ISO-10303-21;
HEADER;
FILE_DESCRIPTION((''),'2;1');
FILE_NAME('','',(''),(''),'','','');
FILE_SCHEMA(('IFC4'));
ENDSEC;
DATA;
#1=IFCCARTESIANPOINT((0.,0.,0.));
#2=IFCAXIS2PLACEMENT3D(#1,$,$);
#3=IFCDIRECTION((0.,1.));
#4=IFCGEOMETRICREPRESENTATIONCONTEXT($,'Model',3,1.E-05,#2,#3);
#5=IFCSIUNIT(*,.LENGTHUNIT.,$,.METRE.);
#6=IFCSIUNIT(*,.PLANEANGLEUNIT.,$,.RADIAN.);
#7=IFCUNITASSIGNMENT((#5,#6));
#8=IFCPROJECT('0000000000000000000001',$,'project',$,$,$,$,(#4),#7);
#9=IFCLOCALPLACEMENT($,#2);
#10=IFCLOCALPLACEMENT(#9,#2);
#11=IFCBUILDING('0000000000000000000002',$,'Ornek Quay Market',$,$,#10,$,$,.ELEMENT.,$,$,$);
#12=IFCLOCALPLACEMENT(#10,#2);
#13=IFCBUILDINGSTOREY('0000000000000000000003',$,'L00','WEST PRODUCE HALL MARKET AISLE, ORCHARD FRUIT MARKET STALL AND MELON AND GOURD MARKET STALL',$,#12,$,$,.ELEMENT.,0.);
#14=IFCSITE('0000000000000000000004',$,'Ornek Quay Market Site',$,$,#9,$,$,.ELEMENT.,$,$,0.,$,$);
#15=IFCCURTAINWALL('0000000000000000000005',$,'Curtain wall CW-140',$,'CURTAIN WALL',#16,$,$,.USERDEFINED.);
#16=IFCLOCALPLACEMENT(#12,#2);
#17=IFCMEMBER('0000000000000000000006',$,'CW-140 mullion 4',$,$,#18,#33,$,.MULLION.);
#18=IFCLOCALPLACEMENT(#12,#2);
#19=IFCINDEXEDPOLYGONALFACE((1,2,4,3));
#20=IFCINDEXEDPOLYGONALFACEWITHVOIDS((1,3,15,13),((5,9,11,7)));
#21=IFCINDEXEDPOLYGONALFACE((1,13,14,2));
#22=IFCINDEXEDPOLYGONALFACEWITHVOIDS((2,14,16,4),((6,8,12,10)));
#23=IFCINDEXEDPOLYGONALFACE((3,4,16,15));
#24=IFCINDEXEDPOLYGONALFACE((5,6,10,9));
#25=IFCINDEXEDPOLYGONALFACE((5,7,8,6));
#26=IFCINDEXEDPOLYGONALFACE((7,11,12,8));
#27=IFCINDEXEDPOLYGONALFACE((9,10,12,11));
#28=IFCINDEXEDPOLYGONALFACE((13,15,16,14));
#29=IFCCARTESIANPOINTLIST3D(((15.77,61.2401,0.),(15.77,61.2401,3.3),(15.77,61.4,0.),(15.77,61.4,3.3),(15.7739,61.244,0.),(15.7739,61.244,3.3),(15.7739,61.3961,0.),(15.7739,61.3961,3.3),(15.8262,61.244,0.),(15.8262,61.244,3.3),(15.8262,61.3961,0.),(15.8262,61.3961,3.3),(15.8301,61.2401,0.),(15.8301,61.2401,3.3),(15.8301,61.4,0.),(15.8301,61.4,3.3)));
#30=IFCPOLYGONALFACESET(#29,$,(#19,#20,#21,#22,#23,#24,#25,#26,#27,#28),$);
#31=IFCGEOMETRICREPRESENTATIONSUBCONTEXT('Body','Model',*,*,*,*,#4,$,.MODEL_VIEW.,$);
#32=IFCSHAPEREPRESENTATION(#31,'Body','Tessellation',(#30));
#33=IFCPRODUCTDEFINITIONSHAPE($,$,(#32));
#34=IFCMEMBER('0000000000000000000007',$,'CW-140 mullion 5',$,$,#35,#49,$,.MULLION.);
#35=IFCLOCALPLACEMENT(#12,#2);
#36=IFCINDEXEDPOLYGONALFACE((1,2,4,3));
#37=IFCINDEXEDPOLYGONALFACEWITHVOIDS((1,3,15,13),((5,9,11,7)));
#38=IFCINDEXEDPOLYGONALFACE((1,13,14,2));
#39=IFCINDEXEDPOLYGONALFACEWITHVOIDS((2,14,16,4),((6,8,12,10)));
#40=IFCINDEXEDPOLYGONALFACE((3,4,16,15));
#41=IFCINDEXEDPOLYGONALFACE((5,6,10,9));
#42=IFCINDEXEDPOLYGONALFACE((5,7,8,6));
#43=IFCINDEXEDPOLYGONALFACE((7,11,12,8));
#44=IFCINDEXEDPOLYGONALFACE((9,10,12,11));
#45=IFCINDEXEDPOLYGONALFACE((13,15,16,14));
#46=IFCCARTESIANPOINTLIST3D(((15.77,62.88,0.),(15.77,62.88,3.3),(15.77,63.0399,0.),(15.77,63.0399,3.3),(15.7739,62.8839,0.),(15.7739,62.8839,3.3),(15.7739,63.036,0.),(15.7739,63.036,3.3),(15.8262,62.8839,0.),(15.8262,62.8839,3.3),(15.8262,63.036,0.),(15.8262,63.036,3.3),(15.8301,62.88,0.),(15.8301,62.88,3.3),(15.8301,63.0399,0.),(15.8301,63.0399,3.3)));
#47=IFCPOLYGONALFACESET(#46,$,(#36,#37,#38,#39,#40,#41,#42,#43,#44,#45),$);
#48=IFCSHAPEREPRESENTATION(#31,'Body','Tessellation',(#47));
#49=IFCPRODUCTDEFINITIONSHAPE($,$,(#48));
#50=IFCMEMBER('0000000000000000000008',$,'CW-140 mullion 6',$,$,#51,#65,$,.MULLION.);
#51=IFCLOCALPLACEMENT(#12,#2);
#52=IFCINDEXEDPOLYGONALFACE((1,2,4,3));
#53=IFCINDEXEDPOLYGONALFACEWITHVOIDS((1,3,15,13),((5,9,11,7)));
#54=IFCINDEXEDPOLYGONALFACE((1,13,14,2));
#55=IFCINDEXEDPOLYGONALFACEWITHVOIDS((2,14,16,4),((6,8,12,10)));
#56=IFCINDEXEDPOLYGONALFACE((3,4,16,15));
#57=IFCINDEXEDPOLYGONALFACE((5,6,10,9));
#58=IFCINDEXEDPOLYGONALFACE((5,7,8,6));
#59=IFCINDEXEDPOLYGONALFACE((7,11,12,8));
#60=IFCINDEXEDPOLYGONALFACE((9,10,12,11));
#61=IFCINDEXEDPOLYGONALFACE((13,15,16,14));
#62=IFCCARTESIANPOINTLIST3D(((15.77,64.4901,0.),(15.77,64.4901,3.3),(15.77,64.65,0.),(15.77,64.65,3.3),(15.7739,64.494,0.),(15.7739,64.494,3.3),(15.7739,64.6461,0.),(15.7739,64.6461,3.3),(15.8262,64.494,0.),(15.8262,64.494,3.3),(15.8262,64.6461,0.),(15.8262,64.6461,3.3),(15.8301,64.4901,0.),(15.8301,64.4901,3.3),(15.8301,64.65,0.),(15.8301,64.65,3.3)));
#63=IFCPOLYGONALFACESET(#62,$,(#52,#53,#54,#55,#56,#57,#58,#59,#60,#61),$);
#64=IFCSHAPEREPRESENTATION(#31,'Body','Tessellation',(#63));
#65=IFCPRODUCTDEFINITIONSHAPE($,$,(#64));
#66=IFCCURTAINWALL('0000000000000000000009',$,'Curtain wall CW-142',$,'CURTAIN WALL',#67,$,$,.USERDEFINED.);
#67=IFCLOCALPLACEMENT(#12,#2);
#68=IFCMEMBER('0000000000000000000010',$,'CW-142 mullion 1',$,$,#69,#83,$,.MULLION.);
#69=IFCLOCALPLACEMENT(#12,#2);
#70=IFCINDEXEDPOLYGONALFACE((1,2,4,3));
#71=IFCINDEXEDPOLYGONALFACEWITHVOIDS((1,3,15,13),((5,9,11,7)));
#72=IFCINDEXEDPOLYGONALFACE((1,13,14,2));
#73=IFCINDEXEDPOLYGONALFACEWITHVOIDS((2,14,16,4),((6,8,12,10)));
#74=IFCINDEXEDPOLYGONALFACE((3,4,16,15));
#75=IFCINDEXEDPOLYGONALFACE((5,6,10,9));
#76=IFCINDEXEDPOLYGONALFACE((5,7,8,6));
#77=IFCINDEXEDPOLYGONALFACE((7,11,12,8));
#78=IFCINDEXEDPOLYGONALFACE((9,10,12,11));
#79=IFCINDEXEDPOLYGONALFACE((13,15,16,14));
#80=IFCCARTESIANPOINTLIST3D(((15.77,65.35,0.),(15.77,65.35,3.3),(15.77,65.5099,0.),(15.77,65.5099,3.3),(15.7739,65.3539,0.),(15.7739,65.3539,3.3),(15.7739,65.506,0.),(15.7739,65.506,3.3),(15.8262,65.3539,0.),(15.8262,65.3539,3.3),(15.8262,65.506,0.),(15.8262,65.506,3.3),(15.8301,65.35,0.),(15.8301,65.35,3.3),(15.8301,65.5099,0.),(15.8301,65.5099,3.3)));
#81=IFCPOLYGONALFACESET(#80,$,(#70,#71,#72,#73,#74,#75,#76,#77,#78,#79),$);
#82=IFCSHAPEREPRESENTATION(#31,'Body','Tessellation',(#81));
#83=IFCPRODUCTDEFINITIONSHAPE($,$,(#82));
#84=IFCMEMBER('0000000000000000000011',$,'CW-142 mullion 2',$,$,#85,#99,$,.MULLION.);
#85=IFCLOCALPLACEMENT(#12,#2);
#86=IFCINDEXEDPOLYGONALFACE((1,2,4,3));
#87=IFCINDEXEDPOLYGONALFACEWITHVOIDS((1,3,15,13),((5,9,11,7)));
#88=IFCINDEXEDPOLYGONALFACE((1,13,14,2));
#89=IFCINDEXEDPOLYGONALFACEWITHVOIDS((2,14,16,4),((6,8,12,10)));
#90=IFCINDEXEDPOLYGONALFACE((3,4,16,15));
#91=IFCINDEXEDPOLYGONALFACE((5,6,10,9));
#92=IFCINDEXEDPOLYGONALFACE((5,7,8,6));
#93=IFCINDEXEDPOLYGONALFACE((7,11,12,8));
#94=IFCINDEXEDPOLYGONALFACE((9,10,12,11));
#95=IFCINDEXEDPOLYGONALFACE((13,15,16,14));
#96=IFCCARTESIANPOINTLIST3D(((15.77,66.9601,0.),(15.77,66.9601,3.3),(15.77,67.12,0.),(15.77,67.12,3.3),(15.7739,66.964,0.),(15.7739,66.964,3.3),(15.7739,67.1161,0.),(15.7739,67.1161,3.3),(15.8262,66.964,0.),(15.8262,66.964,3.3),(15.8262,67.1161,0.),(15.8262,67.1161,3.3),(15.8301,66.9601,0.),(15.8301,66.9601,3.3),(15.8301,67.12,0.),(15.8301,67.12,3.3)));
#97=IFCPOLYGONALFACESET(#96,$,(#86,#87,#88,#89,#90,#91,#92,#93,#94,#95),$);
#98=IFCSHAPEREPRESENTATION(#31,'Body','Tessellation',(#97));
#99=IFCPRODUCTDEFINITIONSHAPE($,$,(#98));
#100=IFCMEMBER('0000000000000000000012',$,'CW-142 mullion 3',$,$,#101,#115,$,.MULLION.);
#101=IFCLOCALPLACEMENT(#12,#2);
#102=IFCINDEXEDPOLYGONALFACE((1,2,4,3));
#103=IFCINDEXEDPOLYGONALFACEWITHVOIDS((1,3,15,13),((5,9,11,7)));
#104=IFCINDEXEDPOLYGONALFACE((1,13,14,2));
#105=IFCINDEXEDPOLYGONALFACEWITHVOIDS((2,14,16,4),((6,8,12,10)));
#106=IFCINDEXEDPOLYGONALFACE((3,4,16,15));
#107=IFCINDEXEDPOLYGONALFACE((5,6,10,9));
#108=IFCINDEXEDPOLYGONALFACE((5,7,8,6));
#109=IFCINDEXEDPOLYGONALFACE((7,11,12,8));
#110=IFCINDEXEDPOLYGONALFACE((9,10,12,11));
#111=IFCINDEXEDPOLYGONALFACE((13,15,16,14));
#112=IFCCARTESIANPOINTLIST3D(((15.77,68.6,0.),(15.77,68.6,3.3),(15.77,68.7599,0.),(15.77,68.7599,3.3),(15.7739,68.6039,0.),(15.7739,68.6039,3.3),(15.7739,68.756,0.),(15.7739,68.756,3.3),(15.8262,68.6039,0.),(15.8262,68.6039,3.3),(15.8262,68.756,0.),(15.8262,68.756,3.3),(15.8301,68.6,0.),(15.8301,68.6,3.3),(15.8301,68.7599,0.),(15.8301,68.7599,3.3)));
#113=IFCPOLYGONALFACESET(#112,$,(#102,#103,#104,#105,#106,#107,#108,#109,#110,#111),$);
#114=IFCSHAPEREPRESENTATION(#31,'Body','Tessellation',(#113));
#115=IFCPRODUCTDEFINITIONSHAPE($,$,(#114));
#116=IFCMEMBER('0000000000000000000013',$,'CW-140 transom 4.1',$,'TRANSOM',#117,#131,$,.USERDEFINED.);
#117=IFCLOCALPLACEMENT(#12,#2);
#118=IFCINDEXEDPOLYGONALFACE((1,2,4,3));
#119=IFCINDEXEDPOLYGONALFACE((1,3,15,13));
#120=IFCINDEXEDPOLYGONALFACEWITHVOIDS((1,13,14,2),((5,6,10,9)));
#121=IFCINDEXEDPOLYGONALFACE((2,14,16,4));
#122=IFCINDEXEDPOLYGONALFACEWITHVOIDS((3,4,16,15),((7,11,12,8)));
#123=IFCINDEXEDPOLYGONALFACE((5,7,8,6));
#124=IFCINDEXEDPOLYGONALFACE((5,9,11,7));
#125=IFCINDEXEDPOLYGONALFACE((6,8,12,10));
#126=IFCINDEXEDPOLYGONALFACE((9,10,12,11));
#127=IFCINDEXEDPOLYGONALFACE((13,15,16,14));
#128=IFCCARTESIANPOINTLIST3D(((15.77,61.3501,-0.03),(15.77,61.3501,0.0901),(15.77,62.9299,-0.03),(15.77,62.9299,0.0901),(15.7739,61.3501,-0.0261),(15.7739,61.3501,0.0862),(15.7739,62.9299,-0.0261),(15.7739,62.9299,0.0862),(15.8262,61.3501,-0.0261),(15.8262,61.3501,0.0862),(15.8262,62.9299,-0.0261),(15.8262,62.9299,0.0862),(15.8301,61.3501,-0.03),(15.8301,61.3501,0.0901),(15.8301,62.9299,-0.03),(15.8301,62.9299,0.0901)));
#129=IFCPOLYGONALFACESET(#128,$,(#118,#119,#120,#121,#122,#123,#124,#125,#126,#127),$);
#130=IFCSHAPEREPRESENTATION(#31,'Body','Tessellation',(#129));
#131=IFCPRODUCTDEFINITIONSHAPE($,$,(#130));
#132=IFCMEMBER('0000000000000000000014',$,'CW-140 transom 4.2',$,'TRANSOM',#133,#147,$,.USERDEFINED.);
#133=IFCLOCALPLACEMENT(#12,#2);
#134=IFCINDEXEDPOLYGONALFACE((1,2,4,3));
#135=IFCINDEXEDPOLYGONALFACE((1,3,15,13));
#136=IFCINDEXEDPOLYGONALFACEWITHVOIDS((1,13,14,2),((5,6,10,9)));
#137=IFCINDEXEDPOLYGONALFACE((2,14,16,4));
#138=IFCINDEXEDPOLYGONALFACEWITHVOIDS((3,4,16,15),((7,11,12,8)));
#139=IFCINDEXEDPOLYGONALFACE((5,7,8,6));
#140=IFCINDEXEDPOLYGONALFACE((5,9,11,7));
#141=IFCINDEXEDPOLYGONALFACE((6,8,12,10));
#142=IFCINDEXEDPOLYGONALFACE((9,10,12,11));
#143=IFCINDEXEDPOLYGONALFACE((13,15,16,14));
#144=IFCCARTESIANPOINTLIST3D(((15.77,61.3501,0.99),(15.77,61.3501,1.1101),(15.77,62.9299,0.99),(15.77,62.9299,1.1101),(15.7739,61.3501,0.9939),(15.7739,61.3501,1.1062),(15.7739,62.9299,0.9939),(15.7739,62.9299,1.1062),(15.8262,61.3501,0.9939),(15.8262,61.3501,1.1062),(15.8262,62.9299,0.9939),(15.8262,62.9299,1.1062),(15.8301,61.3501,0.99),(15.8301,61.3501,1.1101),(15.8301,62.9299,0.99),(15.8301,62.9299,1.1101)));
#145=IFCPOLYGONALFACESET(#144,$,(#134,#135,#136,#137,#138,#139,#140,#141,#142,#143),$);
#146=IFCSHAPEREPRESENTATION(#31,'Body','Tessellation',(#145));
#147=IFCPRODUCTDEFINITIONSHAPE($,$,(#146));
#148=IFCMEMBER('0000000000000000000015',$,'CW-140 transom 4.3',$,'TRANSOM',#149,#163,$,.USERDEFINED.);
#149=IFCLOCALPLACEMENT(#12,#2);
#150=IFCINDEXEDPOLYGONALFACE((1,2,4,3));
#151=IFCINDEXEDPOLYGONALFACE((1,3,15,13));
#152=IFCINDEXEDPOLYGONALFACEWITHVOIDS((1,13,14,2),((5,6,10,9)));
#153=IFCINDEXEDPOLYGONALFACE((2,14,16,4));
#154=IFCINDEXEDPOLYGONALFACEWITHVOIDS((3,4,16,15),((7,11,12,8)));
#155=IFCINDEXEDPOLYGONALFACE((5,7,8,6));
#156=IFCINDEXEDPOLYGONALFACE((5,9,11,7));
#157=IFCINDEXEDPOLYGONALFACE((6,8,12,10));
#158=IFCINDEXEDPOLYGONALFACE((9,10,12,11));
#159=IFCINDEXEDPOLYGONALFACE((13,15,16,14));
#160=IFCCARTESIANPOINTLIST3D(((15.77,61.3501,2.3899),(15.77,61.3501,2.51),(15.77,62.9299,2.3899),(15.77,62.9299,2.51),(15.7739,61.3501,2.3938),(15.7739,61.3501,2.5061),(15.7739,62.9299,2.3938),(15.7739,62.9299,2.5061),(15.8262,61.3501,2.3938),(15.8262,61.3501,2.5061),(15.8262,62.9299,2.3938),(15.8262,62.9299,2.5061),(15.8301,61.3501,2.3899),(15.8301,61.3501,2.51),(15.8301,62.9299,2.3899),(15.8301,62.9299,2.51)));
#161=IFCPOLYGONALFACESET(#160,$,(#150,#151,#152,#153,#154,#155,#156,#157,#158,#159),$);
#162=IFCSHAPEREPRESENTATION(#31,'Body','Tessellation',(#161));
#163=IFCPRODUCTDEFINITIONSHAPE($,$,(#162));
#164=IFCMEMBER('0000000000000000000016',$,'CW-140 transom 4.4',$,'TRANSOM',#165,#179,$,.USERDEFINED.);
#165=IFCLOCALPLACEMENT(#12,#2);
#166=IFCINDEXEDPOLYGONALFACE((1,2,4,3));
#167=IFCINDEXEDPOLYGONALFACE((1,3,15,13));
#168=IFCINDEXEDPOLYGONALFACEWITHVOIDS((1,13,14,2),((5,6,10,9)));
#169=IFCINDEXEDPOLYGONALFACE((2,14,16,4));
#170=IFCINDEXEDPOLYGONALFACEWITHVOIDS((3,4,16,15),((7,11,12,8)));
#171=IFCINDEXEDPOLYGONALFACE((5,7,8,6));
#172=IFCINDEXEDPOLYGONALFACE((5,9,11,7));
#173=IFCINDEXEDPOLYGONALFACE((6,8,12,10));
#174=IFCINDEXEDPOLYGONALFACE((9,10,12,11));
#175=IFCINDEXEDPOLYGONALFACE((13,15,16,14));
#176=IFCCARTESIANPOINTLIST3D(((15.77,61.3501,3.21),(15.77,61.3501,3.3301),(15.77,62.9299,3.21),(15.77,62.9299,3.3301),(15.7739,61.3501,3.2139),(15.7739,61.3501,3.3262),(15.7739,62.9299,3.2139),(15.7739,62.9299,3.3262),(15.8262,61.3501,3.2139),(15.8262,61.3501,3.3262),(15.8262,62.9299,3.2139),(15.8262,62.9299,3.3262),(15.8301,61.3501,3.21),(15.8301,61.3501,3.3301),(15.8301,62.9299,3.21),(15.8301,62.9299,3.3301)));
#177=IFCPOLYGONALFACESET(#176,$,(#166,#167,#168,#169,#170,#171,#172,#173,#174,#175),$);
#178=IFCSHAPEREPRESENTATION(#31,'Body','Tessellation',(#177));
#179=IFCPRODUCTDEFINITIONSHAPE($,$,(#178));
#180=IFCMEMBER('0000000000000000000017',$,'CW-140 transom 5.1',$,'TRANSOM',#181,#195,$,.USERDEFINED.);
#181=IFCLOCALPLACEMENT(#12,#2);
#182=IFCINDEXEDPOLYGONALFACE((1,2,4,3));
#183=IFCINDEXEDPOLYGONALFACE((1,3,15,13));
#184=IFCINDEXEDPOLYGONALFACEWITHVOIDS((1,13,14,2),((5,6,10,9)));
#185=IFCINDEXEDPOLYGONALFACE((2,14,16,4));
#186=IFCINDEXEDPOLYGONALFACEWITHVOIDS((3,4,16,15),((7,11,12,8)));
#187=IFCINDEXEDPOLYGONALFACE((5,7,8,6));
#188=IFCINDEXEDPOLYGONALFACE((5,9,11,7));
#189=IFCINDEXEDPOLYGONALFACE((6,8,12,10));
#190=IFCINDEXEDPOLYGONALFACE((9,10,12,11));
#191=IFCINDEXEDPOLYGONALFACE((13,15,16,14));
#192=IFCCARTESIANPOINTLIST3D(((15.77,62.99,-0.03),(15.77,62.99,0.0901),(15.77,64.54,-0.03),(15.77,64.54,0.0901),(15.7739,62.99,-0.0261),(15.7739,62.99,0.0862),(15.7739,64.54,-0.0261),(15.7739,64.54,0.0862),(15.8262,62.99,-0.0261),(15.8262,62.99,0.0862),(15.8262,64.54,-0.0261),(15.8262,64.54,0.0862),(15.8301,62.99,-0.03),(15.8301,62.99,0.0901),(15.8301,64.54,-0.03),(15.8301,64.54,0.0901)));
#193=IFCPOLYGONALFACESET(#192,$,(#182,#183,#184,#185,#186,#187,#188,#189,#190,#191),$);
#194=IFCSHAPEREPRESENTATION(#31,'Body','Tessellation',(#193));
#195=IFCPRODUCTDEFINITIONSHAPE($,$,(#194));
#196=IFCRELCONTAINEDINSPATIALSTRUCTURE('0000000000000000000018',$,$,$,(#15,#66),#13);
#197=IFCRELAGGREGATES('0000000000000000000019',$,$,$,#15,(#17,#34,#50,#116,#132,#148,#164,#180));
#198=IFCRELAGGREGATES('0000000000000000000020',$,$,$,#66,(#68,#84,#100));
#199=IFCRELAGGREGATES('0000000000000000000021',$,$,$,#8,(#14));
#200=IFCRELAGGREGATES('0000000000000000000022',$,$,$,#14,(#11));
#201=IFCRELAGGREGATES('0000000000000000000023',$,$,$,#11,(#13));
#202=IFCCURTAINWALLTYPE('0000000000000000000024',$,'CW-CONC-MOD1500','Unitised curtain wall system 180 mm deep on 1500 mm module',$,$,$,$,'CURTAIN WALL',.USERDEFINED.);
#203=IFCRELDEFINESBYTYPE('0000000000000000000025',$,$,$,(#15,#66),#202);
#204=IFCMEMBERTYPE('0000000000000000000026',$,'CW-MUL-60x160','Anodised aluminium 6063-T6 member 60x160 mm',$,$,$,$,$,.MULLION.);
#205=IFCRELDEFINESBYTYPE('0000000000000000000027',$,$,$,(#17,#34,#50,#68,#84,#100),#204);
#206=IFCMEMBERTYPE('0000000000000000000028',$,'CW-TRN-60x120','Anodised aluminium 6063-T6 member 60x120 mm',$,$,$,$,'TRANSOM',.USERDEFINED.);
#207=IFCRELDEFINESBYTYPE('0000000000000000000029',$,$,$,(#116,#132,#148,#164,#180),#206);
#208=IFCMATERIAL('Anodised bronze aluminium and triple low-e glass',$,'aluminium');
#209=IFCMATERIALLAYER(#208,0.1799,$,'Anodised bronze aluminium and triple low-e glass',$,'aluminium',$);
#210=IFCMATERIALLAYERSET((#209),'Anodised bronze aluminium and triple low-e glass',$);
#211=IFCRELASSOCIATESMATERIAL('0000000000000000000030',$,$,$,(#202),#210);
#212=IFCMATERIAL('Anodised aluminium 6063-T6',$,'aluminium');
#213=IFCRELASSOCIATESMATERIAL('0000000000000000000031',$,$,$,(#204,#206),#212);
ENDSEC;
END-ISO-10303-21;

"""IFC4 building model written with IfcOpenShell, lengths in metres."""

from ifc_helpers import new_model, si_unit, direction, frame, origin, origin_2d, place, context, subcontext, project, spatial, hollow_rectangle, extrude, material, layer, layer_set, material_profile, profile_set, type_object, element, aggregate, save


model = new_model("IFC4")

# Units and contexts
model_context = context("Model", 3, precision=1e-05, world=origin(), true_north=direction((0.0, 1.0)))
body_context = subcontext(model_context, "Body", "Model", "MODEL_VIEW")
ifc_project = project(units=[si_unit("LENGTHUNIT", "METRE"), si_unit("PLANEANGLEUNIT", "RADIAN")], contexts=[model_context])

# Site, building, storey
site_placement = place(None, origin())
site = spatial("IfcSite", under=ifc_project, at=site_placement, Name="Ornek Quay Market Site", CompositionType="ELEMENT", RefElevation=0.0)
building_placement = place(site_placement, origin())
building = spatial("IfcBuilding", under=site, at=building_placement, Name="Ornek Quay Market", CompositionType="ELEMENT")
storey_placement = place(building_placement, origin())
storey = spatial("IfcBuildingStorey", under=building, at=storey_placement, Name="L00", Description="WEST PRODUCE HALL MARKET AISLE, ORCHARD FRUIT MARKET STALL AND MELON AND GOURD MARKET STALL", CompositionType="ELEMENT", Elevation=0.0)

# Curtain walls, members
ifc_material_1 = material(Name="Anodised bronze aluminium and triple low-e glass", Category="aluminium")
ifc_layer_1 = layer(ifc_material_1, 0.1799, Name="Anodised bronze aluminium and triple low-e glass", Category="aluminium")
ifc_layer_set_1 = layer_set([ifc_layer_1], Name="Anodised bronze aluminium and triple low-e glass")
curtain_wall_type = type_object("IfcCurtainWallType", Name="CW-CONC-MOD1500", Description="Unitised curtain wall system 180 mm deep on 1500 mm module", ElementType="CURTAIN WALL", PredefinedType="USERDEFINED", material=ifc_layer_set_1)
curtain_wall_1_placement = place(storey_placement, origin())
curtain_wall_1 = element("IfcCurtainWall", 1, at=curtain_wall_1_placement, inside=storey, type_object=curtain_wall_type, Name="Curtain wall CW-140", ObjectType="CURTAIN WALL", PredefinedType="USERDEFINED")
ifc_material_2 = material(Name="Anodised aluminium 6063-T6", Category="aluminium")
ifc_material_profile_1 = material_profile(ifc_material_2, hollow_rectangle(XDim=0.0601, YDim=0.1599, WallThickness=0.0039, at=origin_2d()), Name="CW-MUL-60x160", Category="aluminium")
ifc_profile_set_1 = profile_set([ifc_material_profile_1], Name="Anodised aluminium 6063-T6")
member_type_1 = type_object("IfcMemberType", Name="CW-MUL-60x160", Description="Anodised aluminium 6063-T6 member 60x160 mm", PredefinedType="MULLION", material=ifc_profile_set_1)
member_1_placement = place(storey_placement, frame((15.8, 61.3201, 0.0), z_axis=(0.0, 0.0, 1.0), x_axis=(-1.0, 0.0, 0.0)))
member_1 = element("IfcMember", 2, at=member_1_placement, type_object=member_type_1, Name="CW-140 mullion 4", PredefinedType="MULLION", context=body_context, shape_type="SweptSolid", body=[
    extrude(hollow_rectangle(XDim=0.0601, YDim=0.1599, WallThickness=0.0039, at=origin_2d()), origin(), (0.0, 0.0, 1.0), 3.3),
])
member_2_placement = place(storey_placement, frame((15.8, 62.96, 0.0), z_axis=(0.0, 0.0, 1.0), x_axis=(-1.0, 0.0, 0.0)))
member_2 = element("IfcMember", 3, at=member_2_placement, type_object=member_type_1, Name="CW-140 mullion 5", PredefinedType="MULLION", context=body_context, shape_type="SweptSolid", body=[
    extrude(hollow_rectangle(XDim=0.0601, YDim=0.1599, WallThickness=0.0039, at=origin_2d()), origin(), (0.0, 0.0, 1.0), 3.3),
])
member_3_placement = place(storey_placement, frame((15.8, 64.5701, 0.0), z_axis=(0.0, 0.0, 1.0), x_axis=(-1.0, 0.0, 0.0)))
member_3 = element("IfcMember", 4, at=member_3_placement, type_object=member_type_1, Name="CW-140 mullion 6", PredefinedType="MULLION", context=body_context, shape_type="SweptSolid", body=[
    extrude(hollow_rectangle(XDim=0.0601, YDim=0.1599, WallThickness=0.0039, at=origin_2d()), origin(), (0.0, 0.0, 1.0), 3.3),
])
curtain_wall_2_placement = place(storey_placement, origin())
curtain_wall_2 = element("IfcCurtainWall", 5, at=curtain_wall_2_placement, inside=storey, type_object=curtain_wall_type, Name="Curtain wall CW-142", ObjectType="CURTAIN WALL", PredefinedType="USERDEFINED")
member_4_placement = place(storey_placement, frame((15.8, 65.4299, 0.0), z_axis=(0.0, 0.0, 1.0), x_axis=(-1.0, 0.0, 0.0)))
member_4 = element("IfcMember", 6, at=member_4_placement, type_object=member_type_1, Name="CW-142 mullion 1", PredefinedType="MULLION", context=body_context, shape_type="SweptSolid", body=[
    extrude(hollow_rectangle(XDim=0.0601, YDim=0.1599, WallThickness=0.0039, at=origin_2d()), origin(), (0.0, 0.0, 1.0), 3.3),
])
member_5_placement = place(storey_placement, frame((15.8, 67.04, 0.0), z_axis=(0.0, 0.0, 1.0), x_axis=(-1.0, 0.0, 0.0)))
member_5 = element("IfcMember", 7, at=member_5_placement, type_object=member_type_1, Name="CW-142 mullion 2", PredefinedType="MULLION", context=body_context, shape_type="SweptSolid", body=[
    extrude(hollow_rectangle(XDim=0.0601, YDim=0.1599, WallThickness=0.0039, at=origin_2d()), origin(), (0.0, 0.0, 1.0), 3.3),
])
member_6_placement = place(storey_placement, frame((15.8, 68.6799, 0.0), z_axis=(0.0, 0.0, 1.0), x_axis=(-1.0, 0.0, 0.0)))
member_6 = element("IfcMember", 8, at=member_6_placement, type_object=member_type_1, Name="CW-142 mullion 3", PredefinedType="MULLION", context=body_context, shape_type="SweptSolid", body=[
    extrude(hollow_rectangle(XDim=0.0601, YDim=0.1599, WallThickness=0.0039, at=origin_2d()), origin(), (0.0, 0.0, 1.0), 3.3),
])

# Members
ifc_material_profile_2 = material_profile(ifc_material_2, hollow_rectangle(XDim=0.0601, YDim=0.1201, WallThickness=0.0039, at=origin_2d()), Name="CW-TRN-60x120", Category="aluminium")
ifc_profile_set_2 = profile_set([ifc_material_profile_2], Name="Anodised aluminium 6063-T6")
member_type_2 = type_object("IfcMemberType", Name="CW-TRN-60x120", Description="Anodised aluminium 6063-T6 member 60x120 mm", ElementType="TRANSOM", PredefinedType="USERDEFINED", material=ifc_profile_set_2)
member_7_placement = place(storey_placement, frame((15.8, 61.3501, 0.03), z_axis=(0.0, 1.0, 0.0), x_axis=(-1.0, 0.0, 0.0)))
member_7 = element("IfcMember", 9, at=member_7_placement, type_object=member_type_2, Name="CW-140 transom 4.1", ObjectType="TRANSOM", PredefinedType="USERDEFINED", context=body_context, shape_type="SweptSolid", body=[
    extrude(hollow_rectangle(XDim=0.0601, YDim=0.1201, WallThickness=0.0039, at=origin_2d()), origin(), (0.0, 0.0, 1.0), 1.5798),
])
member_8_placement = place(storey_placement, frame((15.8, 61.3501, 1.05), z_axis=(0.0, 1.0, 0.0), x_axis=(-1.0, 0.0, 0.0)))
member_8 = element("IfcMember", 10, at=member_8_placement, type_object=member_type_2, Name="CW-140 transom 4.2", ObjectType="TRANSOM", PredefinedType="USERDEFINED", context=body_context, shape_type="SweptSolid", body=[
    extrude(hollow_rectangle(XDim=0.0601, YDim=0.1201, WallThickness=0.0039, at=origin_2d()), origin(), (0.0, 0.0, 1.0), 1.5798),
])
member_9_placement = place(storey_placement, frame((15.8, 61.3501, 2.45), z_axis=(0.0, 1.0, 0.0), x_axis=(-1.0, 0.0, 0.0)))
member_9 = element("IfcMember", 11, at=member_9_placement, type_object=member_type_2, Name="CW-140 transom 4.3", ObjectType="TRANSOM", PredefinedType="USERDEFINED", context=body_context, shape_type="SweptSolid", body=[
    extrude(hollow_rectangle(XDim=0.0601, YDim=0.1201, WallThickness=0.0039, at=origin_2d()), origin(), (0.0, 0.0, 1.0), 1.5798),
])
member_10_placement = place(storey_placement, frame((15.8, 61.3501, 3.27), z_axis=(0.0, 1.0, 0.0), x_axis=(-1.0, 0.0, 0.0)))
member_10 = element("IfcMember", 12, at=member_10_placement, type_object=member_type_2, Name="CW-140 transom 4.4", ObjectType="TRANSOM", PredefinedType="USERDEFINED", context=body_context, shape_type="SweptSolid", body=[
    extrude(hollow_rectangle(XDim=0.0601, YDim=0.1201, WallThickness=0.0039, at=origin_2d()), origin(), (0.0, 0.0, 1.0), 1.5798),
])
member_11_placement = place(storey_placement, frame((15.8, 62.99, 0.03), z_axis=(0.0, 1.0, 0.0), x_axis=(-1.0, 0.0, 0.0)))
member_11 = element("IfcMember", 13, at=member_11_placement, type_object=member_type_2, Name="CW-140 transom 5.1", ObjectType="TRANSOM", PredefinedType="USERDEFINED", context=body_context, shape_type="SweptSolid", body=[
    extrude(hollow_rectangle(XDim=0.0601, YDim=0.1201, WallThickness=0.0039, at=origin_2d()), origin(), (0.0, 0.0, 1.0), 1.55),
])

aggregate(curtain_wall_1, [member_1, member_2, member_3, member_7, member_8, member_9, member_10, member_11])
aggregate(curtain_wall_2, [member_4, member_5, member_6])

save(model, "model.ifc")
